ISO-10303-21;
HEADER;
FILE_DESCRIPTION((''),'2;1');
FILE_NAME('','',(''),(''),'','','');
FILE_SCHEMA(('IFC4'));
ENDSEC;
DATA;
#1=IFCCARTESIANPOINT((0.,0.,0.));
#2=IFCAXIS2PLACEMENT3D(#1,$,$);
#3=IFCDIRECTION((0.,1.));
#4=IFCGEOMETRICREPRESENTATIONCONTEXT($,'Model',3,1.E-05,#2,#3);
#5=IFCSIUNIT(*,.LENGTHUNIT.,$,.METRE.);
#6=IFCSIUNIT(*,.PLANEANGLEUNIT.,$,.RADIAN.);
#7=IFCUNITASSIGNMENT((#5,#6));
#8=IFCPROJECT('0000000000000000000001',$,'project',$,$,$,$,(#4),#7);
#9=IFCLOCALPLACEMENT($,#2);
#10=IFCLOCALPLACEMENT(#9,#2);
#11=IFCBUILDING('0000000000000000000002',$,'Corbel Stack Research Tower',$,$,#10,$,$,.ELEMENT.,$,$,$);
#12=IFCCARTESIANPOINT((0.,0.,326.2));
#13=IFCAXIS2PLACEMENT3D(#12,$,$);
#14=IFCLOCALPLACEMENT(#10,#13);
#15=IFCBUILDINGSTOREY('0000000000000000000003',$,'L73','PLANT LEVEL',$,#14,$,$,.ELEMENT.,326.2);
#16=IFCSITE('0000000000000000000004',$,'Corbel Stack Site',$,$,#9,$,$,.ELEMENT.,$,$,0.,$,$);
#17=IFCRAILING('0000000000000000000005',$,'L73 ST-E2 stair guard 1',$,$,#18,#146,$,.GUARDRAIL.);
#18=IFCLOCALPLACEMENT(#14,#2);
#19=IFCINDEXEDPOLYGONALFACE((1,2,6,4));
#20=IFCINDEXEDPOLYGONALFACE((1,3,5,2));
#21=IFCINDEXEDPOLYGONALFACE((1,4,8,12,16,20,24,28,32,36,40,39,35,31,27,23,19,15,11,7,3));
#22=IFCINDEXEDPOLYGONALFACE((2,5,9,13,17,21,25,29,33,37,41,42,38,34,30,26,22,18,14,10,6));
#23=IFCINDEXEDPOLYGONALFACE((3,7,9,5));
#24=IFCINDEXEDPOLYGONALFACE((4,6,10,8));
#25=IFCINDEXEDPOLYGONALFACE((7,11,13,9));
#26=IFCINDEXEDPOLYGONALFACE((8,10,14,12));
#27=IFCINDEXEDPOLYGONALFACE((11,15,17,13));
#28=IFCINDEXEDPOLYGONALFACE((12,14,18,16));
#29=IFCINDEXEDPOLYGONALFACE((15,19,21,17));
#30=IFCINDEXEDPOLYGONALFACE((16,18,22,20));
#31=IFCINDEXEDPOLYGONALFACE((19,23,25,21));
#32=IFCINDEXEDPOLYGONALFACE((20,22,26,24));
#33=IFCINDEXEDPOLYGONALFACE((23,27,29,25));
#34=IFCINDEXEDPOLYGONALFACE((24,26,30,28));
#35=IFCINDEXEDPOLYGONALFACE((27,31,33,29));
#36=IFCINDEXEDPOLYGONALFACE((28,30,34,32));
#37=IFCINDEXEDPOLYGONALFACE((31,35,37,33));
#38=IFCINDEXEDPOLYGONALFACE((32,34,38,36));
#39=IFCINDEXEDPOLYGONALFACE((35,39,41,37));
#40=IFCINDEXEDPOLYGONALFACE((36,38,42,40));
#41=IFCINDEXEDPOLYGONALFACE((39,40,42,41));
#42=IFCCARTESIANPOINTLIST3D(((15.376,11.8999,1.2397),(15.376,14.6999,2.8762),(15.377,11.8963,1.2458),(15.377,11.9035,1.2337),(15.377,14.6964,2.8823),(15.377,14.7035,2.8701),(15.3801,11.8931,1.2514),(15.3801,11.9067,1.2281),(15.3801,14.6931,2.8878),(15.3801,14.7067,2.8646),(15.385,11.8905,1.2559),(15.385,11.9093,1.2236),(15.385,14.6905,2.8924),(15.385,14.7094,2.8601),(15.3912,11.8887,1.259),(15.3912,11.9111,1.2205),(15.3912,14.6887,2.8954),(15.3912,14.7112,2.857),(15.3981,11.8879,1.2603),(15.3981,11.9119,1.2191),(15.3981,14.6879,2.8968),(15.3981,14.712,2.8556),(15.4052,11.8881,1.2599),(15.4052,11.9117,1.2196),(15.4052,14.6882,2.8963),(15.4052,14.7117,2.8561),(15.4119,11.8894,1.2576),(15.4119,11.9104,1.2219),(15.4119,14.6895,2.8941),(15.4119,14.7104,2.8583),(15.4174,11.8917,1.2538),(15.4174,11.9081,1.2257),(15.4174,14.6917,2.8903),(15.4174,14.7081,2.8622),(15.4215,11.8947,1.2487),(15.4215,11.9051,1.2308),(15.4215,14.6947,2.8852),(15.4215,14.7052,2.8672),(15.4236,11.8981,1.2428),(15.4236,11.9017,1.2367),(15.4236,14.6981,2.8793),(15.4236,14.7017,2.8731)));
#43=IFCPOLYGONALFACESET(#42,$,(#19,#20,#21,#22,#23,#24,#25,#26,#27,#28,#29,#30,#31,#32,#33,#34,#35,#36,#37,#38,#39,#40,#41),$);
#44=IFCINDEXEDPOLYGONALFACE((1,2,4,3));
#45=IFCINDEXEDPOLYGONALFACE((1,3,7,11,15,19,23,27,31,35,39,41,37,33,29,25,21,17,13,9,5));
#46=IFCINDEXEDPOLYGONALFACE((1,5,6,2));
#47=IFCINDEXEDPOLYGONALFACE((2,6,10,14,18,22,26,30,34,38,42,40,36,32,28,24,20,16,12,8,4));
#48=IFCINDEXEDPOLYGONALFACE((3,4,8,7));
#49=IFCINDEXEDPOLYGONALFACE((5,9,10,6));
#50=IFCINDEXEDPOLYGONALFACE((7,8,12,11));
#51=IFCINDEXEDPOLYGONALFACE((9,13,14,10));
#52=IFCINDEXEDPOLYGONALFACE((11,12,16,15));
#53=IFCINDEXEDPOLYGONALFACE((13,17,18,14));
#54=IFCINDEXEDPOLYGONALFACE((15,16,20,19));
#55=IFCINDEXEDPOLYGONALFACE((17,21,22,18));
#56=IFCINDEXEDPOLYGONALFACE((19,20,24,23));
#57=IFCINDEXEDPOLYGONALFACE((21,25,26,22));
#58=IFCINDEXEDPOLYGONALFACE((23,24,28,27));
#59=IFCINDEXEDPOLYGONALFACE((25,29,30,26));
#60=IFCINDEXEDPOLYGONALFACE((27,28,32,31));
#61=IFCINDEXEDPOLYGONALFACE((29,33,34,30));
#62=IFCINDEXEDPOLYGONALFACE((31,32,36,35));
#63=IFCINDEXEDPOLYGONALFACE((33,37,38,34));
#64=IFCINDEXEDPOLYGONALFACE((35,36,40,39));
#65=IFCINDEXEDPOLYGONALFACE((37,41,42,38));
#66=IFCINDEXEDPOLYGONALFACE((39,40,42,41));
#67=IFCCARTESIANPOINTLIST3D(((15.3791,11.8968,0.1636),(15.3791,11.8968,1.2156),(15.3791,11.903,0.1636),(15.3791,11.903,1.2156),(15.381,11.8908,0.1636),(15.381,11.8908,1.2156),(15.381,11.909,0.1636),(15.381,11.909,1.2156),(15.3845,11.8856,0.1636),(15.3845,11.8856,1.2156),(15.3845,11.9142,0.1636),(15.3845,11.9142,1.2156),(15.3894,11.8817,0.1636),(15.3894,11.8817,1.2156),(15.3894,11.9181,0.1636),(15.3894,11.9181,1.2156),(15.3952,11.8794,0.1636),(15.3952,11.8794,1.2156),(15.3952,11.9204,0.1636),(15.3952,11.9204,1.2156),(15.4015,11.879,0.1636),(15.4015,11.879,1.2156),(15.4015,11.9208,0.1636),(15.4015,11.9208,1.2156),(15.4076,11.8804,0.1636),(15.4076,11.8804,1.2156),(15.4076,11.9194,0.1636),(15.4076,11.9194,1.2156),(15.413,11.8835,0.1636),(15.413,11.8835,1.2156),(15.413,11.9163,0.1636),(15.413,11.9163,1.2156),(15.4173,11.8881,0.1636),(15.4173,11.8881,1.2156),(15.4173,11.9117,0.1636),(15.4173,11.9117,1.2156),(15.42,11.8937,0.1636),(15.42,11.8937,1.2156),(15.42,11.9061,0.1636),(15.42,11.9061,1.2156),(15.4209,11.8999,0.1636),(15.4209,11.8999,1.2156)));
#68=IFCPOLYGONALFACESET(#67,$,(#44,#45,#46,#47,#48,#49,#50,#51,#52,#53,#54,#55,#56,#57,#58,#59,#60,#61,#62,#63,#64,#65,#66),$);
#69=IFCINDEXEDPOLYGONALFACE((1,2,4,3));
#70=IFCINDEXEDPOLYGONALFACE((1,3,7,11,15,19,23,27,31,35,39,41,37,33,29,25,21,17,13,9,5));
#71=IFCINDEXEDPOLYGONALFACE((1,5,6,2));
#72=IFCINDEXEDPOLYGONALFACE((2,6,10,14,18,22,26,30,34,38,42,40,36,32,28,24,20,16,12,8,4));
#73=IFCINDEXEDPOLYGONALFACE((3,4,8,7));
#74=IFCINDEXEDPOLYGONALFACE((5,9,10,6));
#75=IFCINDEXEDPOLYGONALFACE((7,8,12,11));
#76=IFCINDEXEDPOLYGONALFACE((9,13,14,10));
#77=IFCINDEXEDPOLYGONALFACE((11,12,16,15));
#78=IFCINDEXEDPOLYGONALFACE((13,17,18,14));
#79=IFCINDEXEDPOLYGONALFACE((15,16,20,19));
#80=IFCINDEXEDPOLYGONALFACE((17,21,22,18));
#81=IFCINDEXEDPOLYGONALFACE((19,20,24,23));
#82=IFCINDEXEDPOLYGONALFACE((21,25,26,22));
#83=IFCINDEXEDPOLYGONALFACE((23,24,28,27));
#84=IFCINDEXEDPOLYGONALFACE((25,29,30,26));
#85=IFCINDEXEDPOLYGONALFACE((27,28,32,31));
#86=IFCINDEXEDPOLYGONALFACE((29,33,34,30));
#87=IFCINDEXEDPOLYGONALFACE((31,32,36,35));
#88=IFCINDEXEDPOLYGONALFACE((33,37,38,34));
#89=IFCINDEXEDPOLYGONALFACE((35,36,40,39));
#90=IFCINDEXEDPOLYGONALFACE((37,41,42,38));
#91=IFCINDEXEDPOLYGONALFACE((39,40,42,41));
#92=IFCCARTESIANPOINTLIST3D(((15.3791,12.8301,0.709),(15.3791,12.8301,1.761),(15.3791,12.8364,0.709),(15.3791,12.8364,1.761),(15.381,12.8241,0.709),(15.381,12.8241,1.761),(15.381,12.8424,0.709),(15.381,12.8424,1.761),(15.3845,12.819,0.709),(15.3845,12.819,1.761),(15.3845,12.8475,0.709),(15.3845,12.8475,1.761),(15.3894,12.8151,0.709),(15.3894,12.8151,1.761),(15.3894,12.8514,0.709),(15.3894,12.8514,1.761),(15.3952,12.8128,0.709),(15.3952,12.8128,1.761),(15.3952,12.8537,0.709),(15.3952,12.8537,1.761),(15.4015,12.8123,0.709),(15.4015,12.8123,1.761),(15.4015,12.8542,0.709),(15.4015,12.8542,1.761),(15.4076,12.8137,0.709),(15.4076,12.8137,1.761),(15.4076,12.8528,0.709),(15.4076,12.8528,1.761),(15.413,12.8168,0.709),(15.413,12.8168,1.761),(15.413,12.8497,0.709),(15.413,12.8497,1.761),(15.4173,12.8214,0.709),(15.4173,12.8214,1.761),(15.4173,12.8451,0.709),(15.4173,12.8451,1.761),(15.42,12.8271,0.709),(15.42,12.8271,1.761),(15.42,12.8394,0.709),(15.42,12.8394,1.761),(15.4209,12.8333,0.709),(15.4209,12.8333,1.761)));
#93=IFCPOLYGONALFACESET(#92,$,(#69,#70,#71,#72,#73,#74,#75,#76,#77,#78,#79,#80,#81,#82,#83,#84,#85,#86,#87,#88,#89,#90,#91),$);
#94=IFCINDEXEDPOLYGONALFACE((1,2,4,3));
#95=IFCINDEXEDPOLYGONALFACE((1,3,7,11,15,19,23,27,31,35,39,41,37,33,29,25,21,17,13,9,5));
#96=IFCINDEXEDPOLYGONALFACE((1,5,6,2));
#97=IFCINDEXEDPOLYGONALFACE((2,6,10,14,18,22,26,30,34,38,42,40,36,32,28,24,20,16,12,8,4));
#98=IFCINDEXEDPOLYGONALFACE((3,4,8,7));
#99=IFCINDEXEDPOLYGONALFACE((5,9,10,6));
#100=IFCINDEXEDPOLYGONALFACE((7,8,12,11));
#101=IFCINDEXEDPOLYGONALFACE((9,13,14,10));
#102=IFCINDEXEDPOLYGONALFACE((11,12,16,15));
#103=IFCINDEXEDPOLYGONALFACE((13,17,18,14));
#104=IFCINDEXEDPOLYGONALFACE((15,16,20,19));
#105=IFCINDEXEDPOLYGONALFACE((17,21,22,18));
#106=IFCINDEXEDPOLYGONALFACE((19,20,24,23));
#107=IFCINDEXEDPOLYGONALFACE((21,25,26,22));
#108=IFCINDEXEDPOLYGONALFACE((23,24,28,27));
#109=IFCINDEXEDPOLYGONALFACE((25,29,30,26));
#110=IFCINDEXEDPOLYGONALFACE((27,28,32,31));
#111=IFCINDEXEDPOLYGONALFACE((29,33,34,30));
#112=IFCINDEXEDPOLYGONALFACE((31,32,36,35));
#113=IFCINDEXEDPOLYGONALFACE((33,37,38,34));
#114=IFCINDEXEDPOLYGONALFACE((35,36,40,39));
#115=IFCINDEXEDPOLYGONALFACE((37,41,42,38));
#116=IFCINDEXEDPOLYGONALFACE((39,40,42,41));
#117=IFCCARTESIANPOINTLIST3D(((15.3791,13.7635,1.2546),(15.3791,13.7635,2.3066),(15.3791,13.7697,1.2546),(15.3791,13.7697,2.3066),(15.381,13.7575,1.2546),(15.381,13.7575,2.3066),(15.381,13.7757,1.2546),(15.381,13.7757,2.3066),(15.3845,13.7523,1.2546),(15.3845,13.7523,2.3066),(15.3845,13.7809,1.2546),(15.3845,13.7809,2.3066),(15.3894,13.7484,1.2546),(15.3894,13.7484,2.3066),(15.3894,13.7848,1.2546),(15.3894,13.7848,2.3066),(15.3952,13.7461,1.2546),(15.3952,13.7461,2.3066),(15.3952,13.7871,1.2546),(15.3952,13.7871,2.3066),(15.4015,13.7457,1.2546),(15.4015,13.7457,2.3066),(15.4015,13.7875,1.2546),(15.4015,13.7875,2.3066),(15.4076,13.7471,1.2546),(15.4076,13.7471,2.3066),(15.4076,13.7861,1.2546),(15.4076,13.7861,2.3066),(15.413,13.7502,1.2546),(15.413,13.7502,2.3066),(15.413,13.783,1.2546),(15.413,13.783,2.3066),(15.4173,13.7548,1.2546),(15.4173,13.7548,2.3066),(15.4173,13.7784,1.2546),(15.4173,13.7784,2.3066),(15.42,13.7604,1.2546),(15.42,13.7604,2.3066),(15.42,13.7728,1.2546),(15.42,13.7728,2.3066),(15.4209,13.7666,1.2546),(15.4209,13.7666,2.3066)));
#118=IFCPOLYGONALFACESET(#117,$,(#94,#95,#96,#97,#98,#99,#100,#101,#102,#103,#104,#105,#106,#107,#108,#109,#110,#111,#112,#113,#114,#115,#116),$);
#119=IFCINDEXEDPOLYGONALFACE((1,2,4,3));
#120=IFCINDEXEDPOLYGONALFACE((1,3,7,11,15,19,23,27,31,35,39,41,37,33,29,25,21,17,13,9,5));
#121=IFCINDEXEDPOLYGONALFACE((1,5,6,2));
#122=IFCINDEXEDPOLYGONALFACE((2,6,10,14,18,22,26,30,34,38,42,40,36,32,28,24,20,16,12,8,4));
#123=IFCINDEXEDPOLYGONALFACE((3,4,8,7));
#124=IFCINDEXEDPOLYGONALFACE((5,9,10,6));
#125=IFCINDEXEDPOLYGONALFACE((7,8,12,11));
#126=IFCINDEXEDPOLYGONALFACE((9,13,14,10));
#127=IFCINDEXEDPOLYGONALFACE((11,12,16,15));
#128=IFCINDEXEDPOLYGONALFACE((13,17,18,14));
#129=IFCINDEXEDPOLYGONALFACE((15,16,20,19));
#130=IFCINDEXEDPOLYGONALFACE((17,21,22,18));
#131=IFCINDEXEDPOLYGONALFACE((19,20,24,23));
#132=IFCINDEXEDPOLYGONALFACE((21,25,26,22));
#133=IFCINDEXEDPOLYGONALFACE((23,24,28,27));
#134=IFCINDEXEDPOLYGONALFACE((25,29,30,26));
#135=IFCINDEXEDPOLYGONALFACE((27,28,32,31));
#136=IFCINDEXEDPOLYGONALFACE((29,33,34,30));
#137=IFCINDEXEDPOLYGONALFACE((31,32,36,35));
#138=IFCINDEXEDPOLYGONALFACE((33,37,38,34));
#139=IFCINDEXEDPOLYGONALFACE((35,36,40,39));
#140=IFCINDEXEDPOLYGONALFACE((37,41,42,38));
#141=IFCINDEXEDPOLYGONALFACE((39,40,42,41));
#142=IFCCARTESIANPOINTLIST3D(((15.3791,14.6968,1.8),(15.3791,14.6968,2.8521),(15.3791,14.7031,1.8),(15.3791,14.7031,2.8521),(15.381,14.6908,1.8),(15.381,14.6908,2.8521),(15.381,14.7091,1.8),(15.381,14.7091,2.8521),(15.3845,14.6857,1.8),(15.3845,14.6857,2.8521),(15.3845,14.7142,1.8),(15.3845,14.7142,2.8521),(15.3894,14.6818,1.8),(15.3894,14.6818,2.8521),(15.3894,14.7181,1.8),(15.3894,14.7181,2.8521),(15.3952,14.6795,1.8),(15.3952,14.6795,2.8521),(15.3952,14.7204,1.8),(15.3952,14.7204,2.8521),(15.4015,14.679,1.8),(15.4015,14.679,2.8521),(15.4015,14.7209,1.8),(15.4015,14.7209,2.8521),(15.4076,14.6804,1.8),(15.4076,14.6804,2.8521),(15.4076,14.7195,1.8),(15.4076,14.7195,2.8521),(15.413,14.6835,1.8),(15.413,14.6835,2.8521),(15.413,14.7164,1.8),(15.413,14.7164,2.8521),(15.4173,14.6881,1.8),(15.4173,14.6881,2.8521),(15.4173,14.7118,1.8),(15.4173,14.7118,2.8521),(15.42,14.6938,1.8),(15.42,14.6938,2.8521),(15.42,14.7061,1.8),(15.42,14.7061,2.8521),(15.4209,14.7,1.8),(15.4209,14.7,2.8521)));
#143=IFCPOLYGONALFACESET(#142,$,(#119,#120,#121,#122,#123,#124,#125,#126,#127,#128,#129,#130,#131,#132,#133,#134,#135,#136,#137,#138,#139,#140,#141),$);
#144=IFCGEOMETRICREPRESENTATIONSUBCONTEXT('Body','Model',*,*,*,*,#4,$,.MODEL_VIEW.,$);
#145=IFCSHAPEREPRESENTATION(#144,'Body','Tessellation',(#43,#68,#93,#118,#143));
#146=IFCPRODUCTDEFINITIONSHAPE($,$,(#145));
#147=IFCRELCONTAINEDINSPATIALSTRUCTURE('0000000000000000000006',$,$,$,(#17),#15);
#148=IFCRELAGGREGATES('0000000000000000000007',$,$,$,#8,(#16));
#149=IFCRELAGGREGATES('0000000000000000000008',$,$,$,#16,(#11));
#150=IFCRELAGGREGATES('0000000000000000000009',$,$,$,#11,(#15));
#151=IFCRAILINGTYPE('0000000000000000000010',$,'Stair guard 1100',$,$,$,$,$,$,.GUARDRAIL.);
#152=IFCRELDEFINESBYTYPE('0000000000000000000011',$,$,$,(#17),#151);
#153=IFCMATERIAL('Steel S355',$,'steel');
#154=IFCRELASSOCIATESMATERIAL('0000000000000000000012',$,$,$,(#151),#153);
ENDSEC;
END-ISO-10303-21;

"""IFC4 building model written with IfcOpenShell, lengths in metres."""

from ifc_helpers import new_model, si_unit, direction, frame, origin, origin_2d, place, context, subcontext, project, spatial, circle, extrude, material, type_object, element, save


model = new_model("IFC4")

# Units and contexts
model_context = context("Model", 3, precision=1e-05, world=origin(), true_north=direction((0.0, 1.0)))
body_context = subcontext(model_context, "Body", "Model", "MODEL_VIEW")
ifc_project = project(units=[si_unit("LENGTHUNIT", "METRE"), si_unit("PLANEANGLEUNIT", "RADIAN")], contexts=[model_context])

# Site, building, storey
site_placement = place(None, origin())
site = spatial("IfcSite", under=ifc_project, at=site_placement, Name="Corbel Stack Site", CompositionType="ELEMENT", RefElevation=0.0)
building_placement = place(site_placement, origin())
building = spatial("IfcBuilding", under=site, at=building_placement, Name="Corbel Stack Research Tower", CompositionType="ELEMENT")
storey_placement = place(building_placement, frame((0.0, 0.0, 326.2)))
storey = spatial("IfcBuildingStorey", under=building, at=storey_placement, Name="L73", Description="PLANT LEVEL", CompositionType="ELEMENT", Elevation=326.2)

# Railing
ifc_material_1 = material(Name="Steel S355", Category="steel")
railing_type_1 = type_object("IfcRailingType", Name="Stair guard 1100", PredefinedType="GUARDRAIL", material=ifc_material_1)
railing_1_placement = place(storey_placement, frame((15.3999, 11.8999, 0.1636)))
element("IfcRailing", 1, at=railing_1_placement, inside=storey, type_object=railing_type_1, Name="L73 ST-E2 stair guard 1", PredefinedType="GUARDRAIL", context=body_context, shape_type="SweptSolid", body=[
    extrude(circle(Radius=0.0239, at=origin_2d()), frame((0.0, 0.0, 1.0762), z_axis=(0.0, 0.863361, 0.504587), x_axis=(-1.0, 0.0, 0.0)), (0.0, 0.0, 1.0), 3.2432),
    extrude(circle(Radius=0.021, at=origin_2d()), origin(), (0.0, 0.0, 1.0), 1.052),
    extrude(circle(Radius=0.021, at=origin_2d()), frame((0.0, 0.9333, 0.5454)), (0.0, 0.0, 1.0), 1.052),
    extrude(circle(Radius=0.021, at=origin_2d()), frame((0.0, 1.8667, 1.0911)), (0.0, 0.0, 1.0), 1.052),
    extrude(circle(Radius=0.021, at=origin_2d()), frame((0.0, 2.8, 1.6365)), (0.0, 0.0, 1.0), 1.052),
])

save(model, "model.ifc")
